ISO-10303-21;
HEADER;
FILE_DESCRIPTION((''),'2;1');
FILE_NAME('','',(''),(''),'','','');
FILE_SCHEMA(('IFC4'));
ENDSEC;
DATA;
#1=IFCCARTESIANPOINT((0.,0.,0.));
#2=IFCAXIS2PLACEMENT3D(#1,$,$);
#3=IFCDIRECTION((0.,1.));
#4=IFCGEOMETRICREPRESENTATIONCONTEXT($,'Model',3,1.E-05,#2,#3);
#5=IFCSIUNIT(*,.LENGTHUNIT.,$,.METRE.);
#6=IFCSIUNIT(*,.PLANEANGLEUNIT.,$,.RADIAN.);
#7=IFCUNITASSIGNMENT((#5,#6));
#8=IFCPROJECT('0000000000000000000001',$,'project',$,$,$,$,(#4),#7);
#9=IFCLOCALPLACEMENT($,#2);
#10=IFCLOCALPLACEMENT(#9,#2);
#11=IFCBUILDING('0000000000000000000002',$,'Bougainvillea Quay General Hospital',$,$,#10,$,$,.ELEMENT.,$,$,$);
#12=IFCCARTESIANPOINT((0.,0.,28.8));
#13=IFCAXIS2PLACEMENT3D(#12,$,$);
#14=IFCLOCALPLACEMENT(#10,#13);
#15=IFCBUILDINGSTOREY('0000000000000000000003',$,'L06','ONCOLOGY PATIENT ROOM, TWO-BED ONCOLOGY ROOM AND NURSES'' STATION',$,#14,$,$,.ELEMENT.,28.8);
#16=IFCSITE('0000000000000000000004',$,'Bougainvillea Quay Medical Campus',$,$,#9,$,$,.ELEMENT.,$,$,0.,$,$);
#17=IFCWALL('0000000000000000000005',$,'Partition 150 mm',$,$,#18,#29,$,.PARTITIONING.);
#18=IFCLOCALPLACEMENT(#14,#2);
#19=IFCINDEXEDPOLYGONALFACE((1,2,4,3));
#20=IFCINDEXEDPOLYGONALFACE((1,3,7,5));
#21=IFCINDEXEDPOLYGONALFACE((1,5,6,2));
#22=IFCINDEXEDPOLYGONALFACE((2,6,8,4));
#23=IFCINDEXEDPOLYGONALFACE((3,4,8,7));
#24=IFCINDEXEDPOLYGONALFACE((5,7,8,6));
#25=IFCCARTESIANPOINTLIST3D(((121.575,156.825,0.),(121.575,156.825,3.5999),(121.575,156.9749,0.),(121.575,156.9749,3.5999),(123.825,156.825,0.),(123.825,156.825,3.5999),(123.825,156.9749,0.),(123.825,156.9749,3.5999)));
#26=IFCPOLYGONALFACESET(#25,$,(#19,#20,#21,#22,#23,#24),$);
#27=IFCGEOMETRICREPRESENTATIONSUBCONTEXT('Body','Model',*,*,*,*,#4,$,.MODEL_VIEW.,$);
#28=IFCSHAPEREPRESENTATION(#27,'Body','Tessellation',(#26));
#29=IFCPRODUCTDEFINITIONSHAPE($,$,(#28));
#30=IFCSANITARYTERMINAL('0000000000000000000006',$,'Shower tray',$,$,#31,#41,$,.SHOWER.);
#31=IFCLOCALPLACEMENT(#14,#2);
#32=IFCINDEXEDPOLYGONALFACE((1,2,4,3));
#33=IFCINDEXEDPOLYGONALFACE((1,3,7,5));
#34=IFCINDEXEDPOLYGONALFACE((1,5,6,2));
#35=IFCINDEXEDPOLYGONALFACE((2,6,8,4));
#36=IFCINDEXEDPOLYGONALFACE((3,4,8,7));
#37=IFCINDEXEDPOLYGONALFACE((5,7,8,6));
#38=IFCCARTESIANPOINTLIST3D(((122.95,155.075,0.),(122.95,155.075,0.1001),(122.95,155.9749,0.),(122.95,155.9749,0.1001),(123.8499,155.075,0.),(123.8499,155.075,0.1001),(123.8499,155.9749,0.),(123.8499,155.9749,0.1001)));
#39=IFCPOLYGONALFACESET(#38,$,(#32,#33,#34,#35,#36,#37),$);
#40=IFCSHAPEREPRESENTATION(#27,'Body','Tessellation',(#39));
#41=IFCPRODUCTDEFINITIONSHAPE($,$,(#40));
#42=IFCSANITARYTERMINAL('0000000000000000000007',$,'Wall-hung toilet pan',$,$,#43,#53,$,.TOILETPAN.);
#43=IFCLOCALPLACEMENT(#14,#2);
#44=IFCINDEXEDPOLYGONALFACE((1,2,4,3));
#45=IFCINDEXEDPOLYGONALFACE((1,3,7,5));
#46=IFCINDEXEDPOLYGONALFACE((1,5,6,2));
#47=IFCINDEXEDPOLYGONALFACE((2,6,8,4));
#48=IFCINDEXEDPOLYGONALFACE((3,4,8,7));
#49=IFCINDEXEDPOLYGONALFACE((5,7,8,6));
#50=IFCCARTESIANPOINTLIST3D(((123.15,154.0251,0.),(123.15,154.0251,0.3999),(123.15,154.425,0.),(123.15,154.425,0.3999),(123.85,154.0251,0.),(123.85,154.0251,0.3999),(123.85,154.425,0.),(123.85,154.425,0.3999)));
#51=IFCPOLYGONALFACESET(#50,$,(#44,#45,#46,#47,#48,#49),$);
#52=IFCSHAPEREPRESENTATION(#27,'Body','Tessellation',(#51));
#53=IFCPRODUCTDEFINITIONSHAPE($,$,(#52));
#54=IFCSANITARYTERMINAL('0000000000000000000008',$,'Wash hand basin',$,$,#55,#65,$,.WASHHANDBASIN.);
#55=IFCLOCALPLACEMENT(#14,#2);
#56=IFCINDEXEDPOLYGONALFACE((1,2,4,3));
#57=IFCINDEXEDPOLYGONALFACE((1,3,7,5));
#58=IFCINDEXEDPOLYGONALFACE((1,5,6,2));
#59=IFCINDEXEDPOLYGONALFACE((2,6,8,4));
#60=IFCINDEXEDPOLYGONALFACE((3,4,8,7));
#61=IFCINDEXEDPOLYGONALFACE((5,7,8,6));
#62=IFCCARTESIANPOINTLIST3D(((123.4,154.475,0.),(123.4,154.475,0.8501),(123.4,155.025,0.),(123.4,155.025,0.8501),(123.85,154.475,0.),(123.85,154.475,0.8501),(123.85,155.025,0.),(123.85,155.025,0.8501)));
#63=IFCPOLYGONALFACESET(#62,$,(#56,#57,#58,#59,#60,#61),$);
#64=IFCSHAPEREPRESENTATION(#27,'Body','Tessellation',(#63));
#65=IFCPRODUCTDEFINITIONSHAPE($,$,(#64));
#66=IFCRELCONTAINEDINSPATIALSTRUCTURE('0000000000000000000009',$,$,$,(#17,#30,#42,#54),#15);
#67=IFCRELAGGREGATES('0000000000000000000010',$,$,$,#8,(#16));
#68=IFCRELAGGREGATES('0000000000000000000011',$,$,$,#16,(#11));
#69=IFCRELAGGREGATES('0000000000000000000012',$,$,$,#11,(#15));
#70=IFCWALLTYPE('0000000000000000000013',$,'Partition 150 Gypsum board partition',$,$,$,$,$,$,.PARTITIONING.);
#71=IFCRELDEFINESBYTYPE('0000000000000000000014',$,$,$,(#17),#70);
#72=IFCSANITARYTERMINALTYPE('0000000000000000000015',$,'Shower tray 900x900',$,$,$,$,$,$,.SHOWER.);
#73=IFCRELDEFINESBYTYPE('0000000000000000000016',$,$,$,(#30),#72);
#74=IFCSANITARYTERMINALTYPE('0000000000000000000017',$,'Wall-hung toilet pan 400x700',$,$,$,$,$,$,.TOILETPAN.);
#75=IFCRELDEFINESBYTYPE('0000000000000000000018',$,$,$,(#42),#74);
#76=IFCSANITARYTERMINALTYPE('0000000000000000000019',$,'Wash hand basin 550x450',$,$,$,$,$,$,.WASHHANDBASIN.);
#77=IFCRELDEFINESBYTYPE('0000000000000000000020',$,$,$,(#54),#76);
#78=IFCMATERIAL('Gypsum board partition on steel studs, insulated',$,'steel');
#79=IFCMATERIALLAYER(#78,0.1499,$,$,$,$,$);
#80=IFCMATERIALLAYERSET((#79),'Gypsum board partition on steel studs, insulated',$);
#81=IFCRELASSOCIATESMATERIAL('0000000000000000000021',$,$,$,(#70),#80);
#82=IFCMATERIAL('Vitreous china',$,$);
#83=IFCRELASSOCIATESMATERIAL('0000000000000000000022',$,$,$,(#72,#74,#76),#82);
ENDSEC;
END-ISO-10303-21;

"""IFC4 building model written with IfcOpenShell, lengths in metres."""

from ifc_helpers import new_model, si_unit, direction, frame, frame_2d, origin, origin_2d, place, context, subcontext, project, spatial, rectangle, extrude, material, layer, layer_set, type_object, element, save


model = new_model("IFC4")

# Units and contexts
model_context = context("Model", 3, precision=1e-05, world=origin(), true_north=direction((0.0, 1.0)))
body_context = subcontext(model_context, "Body", "Model", "MODEL_VIEW")
ifc_project = project(units=[si_unit("LENGTHUNIT", "METRE"), si_unit("PLANEANGLEUNIT", "RADIAN")], contexts=[model_context])

# Site, building, storey
site_placement = place(None, origin())
site = spatial("IfcSite", under=ifc_project, at=site_placement, Name="Bougainvillea Quay Medical Campus", CompositionType="ELEMENT", RefElevation=0.0)
building_placement = place(site_placement, origin())
building = spatial("IfcBuilding", under=site, at=building_placement, Name="Bougainvillea Quay General Hospital", CompositionType="ELEMENT")
storey_placement = place(building_placement, frame((0.0, 0.0, 28.8)))
storey = spatial("IfcBuildingStorey", under=building, at=storey_placement, Name="L06", Description="ONCOLOGY PATIENT ROOM, TWO-BED ONCOLOGY ROOM AND NURSES' STATION", CompositionType="ELEMENT", Elevation=28.8)

# Shared definitions
ifc_material_1 = material(Name="Gypsum board partition on steel studs, insulated", Category="steel")
ifc_layer_1 = layer(ifc_material_1, 0.1499)
ifc_layer_set_1 = layer_set([ifc_layer_1], Name="Gypsum board partition on steel studs, insulated")
wall_type_1 = type_object("IfcWallType", Name="Partition 150 Gypsum board partition", PredefinedType="PARTITIONING", material=ifc_layer_set_1)

# Wall
wall_1_placement = place(storey_placement, frame((121.575, 156.8999, 0.0), z_axis=(0.0, 0.0, 1.0), x_axis=(1.0, 0.0, 0.0)))
element("IfcWall", 1, at=wall_1_placement, inside=storey, type_object=wall_type_1, Name="Partition 150 mm", PredefinedType="PARTITIONING", context=body_context, shape_type="SweptSolid", body=[
    extrude(rectangle(XDim=2.25, YDim=0.1499, at=frame_2d((1.125, 0.0))), origin(), (0.0, 0.0, 1.0), 3.5999),
])

# Sanitary terminals
ifc_material_2 = material(Name="Vitreous china")
sanitary_terminal_type_1 = type_object("IfcSanitaryTerminalType", Name="Shower tray 900x900", PredefinedType="SHOWER", material=ifc_material_2)
sanitary_terminal_1_placement = place(storey_placement, frame((123.3999, 155.5249, 0.0), z_axis=(0.0, 0.0, 1.0), x_axis=(0.0, -1.0, 0.0)))
element("IfcSanitaryTerminal", 2, at=sanitary_terminal_1_placement, inside=storey, type_object=sanitary_terminal_type_1, Name="Shower tray", PredefinedType="SHOWER", context=body_context, shape_type="SweptSolid", body=[
    extrude(rectangle(XDim=0.8999, YDim=0.8999, at=origin_2d()), origin(), (0.0, 0.0, 1.0), 0.1001),
])
sanitary_terminal_type_2 = type_object("IfcSanitaryTerminalType", Name="Wall-hung toilet pan 400x700", PredefinedType="TOILETPAN", material=ifc_material_2)
sanitary_terminal_2_placement = place(storey_placement, frame((123.5, 154.2251, 0.0), z_axis=(0.0, 0.0, 1.0), x_axis=(0.0, -1.0, 0.0)))
element("IfcSanitaryTerminal", 3, at=sanitary_terminal_2_placement, inside=storey, type_object=sanitary_terminal_type_2, Name="Wall-hung toilet pan", PredefinedType="TOILETPAN", context=body_context, shape_type="SweptSolid", body=[
    extrude(rectangle(XDim=0.3999, YDim=0.7, at=origin_2d()), origin(), (0.0, 0.0, 1.0), 0.3999),
])
sanitary_terminal_type_3 = type_object("IfcSanitaryTerminalType", Name="Wash hand basin 550x450", PredefinedType="WASHHANDBASIN", material=ifc_material_2)
sanitary_terminal_3_placement = place(storey_placement, frame((123.625, 154.75, 0.0), z_axis=(0.0, 0.0, 1.0), x_axis=(0.0, -1.0, 0.0)))
element("IfcSanitaryTerminal", 4, at=sanitary_terminal_3_placement, inside=storey, type_object=sanitary_terminal_type_3, Name="Wash hand basin", PredefinedType="WASHHANDBASIN", context=body_context, shape_type="SweptSolid", body=[
    extrude(rectangle(XDim=0.55, YDim=0.45, at=origin_2d()), origin(), (0.0, 0.0, 1.0), 0.8501),
])

save(model, "model.ifc")
